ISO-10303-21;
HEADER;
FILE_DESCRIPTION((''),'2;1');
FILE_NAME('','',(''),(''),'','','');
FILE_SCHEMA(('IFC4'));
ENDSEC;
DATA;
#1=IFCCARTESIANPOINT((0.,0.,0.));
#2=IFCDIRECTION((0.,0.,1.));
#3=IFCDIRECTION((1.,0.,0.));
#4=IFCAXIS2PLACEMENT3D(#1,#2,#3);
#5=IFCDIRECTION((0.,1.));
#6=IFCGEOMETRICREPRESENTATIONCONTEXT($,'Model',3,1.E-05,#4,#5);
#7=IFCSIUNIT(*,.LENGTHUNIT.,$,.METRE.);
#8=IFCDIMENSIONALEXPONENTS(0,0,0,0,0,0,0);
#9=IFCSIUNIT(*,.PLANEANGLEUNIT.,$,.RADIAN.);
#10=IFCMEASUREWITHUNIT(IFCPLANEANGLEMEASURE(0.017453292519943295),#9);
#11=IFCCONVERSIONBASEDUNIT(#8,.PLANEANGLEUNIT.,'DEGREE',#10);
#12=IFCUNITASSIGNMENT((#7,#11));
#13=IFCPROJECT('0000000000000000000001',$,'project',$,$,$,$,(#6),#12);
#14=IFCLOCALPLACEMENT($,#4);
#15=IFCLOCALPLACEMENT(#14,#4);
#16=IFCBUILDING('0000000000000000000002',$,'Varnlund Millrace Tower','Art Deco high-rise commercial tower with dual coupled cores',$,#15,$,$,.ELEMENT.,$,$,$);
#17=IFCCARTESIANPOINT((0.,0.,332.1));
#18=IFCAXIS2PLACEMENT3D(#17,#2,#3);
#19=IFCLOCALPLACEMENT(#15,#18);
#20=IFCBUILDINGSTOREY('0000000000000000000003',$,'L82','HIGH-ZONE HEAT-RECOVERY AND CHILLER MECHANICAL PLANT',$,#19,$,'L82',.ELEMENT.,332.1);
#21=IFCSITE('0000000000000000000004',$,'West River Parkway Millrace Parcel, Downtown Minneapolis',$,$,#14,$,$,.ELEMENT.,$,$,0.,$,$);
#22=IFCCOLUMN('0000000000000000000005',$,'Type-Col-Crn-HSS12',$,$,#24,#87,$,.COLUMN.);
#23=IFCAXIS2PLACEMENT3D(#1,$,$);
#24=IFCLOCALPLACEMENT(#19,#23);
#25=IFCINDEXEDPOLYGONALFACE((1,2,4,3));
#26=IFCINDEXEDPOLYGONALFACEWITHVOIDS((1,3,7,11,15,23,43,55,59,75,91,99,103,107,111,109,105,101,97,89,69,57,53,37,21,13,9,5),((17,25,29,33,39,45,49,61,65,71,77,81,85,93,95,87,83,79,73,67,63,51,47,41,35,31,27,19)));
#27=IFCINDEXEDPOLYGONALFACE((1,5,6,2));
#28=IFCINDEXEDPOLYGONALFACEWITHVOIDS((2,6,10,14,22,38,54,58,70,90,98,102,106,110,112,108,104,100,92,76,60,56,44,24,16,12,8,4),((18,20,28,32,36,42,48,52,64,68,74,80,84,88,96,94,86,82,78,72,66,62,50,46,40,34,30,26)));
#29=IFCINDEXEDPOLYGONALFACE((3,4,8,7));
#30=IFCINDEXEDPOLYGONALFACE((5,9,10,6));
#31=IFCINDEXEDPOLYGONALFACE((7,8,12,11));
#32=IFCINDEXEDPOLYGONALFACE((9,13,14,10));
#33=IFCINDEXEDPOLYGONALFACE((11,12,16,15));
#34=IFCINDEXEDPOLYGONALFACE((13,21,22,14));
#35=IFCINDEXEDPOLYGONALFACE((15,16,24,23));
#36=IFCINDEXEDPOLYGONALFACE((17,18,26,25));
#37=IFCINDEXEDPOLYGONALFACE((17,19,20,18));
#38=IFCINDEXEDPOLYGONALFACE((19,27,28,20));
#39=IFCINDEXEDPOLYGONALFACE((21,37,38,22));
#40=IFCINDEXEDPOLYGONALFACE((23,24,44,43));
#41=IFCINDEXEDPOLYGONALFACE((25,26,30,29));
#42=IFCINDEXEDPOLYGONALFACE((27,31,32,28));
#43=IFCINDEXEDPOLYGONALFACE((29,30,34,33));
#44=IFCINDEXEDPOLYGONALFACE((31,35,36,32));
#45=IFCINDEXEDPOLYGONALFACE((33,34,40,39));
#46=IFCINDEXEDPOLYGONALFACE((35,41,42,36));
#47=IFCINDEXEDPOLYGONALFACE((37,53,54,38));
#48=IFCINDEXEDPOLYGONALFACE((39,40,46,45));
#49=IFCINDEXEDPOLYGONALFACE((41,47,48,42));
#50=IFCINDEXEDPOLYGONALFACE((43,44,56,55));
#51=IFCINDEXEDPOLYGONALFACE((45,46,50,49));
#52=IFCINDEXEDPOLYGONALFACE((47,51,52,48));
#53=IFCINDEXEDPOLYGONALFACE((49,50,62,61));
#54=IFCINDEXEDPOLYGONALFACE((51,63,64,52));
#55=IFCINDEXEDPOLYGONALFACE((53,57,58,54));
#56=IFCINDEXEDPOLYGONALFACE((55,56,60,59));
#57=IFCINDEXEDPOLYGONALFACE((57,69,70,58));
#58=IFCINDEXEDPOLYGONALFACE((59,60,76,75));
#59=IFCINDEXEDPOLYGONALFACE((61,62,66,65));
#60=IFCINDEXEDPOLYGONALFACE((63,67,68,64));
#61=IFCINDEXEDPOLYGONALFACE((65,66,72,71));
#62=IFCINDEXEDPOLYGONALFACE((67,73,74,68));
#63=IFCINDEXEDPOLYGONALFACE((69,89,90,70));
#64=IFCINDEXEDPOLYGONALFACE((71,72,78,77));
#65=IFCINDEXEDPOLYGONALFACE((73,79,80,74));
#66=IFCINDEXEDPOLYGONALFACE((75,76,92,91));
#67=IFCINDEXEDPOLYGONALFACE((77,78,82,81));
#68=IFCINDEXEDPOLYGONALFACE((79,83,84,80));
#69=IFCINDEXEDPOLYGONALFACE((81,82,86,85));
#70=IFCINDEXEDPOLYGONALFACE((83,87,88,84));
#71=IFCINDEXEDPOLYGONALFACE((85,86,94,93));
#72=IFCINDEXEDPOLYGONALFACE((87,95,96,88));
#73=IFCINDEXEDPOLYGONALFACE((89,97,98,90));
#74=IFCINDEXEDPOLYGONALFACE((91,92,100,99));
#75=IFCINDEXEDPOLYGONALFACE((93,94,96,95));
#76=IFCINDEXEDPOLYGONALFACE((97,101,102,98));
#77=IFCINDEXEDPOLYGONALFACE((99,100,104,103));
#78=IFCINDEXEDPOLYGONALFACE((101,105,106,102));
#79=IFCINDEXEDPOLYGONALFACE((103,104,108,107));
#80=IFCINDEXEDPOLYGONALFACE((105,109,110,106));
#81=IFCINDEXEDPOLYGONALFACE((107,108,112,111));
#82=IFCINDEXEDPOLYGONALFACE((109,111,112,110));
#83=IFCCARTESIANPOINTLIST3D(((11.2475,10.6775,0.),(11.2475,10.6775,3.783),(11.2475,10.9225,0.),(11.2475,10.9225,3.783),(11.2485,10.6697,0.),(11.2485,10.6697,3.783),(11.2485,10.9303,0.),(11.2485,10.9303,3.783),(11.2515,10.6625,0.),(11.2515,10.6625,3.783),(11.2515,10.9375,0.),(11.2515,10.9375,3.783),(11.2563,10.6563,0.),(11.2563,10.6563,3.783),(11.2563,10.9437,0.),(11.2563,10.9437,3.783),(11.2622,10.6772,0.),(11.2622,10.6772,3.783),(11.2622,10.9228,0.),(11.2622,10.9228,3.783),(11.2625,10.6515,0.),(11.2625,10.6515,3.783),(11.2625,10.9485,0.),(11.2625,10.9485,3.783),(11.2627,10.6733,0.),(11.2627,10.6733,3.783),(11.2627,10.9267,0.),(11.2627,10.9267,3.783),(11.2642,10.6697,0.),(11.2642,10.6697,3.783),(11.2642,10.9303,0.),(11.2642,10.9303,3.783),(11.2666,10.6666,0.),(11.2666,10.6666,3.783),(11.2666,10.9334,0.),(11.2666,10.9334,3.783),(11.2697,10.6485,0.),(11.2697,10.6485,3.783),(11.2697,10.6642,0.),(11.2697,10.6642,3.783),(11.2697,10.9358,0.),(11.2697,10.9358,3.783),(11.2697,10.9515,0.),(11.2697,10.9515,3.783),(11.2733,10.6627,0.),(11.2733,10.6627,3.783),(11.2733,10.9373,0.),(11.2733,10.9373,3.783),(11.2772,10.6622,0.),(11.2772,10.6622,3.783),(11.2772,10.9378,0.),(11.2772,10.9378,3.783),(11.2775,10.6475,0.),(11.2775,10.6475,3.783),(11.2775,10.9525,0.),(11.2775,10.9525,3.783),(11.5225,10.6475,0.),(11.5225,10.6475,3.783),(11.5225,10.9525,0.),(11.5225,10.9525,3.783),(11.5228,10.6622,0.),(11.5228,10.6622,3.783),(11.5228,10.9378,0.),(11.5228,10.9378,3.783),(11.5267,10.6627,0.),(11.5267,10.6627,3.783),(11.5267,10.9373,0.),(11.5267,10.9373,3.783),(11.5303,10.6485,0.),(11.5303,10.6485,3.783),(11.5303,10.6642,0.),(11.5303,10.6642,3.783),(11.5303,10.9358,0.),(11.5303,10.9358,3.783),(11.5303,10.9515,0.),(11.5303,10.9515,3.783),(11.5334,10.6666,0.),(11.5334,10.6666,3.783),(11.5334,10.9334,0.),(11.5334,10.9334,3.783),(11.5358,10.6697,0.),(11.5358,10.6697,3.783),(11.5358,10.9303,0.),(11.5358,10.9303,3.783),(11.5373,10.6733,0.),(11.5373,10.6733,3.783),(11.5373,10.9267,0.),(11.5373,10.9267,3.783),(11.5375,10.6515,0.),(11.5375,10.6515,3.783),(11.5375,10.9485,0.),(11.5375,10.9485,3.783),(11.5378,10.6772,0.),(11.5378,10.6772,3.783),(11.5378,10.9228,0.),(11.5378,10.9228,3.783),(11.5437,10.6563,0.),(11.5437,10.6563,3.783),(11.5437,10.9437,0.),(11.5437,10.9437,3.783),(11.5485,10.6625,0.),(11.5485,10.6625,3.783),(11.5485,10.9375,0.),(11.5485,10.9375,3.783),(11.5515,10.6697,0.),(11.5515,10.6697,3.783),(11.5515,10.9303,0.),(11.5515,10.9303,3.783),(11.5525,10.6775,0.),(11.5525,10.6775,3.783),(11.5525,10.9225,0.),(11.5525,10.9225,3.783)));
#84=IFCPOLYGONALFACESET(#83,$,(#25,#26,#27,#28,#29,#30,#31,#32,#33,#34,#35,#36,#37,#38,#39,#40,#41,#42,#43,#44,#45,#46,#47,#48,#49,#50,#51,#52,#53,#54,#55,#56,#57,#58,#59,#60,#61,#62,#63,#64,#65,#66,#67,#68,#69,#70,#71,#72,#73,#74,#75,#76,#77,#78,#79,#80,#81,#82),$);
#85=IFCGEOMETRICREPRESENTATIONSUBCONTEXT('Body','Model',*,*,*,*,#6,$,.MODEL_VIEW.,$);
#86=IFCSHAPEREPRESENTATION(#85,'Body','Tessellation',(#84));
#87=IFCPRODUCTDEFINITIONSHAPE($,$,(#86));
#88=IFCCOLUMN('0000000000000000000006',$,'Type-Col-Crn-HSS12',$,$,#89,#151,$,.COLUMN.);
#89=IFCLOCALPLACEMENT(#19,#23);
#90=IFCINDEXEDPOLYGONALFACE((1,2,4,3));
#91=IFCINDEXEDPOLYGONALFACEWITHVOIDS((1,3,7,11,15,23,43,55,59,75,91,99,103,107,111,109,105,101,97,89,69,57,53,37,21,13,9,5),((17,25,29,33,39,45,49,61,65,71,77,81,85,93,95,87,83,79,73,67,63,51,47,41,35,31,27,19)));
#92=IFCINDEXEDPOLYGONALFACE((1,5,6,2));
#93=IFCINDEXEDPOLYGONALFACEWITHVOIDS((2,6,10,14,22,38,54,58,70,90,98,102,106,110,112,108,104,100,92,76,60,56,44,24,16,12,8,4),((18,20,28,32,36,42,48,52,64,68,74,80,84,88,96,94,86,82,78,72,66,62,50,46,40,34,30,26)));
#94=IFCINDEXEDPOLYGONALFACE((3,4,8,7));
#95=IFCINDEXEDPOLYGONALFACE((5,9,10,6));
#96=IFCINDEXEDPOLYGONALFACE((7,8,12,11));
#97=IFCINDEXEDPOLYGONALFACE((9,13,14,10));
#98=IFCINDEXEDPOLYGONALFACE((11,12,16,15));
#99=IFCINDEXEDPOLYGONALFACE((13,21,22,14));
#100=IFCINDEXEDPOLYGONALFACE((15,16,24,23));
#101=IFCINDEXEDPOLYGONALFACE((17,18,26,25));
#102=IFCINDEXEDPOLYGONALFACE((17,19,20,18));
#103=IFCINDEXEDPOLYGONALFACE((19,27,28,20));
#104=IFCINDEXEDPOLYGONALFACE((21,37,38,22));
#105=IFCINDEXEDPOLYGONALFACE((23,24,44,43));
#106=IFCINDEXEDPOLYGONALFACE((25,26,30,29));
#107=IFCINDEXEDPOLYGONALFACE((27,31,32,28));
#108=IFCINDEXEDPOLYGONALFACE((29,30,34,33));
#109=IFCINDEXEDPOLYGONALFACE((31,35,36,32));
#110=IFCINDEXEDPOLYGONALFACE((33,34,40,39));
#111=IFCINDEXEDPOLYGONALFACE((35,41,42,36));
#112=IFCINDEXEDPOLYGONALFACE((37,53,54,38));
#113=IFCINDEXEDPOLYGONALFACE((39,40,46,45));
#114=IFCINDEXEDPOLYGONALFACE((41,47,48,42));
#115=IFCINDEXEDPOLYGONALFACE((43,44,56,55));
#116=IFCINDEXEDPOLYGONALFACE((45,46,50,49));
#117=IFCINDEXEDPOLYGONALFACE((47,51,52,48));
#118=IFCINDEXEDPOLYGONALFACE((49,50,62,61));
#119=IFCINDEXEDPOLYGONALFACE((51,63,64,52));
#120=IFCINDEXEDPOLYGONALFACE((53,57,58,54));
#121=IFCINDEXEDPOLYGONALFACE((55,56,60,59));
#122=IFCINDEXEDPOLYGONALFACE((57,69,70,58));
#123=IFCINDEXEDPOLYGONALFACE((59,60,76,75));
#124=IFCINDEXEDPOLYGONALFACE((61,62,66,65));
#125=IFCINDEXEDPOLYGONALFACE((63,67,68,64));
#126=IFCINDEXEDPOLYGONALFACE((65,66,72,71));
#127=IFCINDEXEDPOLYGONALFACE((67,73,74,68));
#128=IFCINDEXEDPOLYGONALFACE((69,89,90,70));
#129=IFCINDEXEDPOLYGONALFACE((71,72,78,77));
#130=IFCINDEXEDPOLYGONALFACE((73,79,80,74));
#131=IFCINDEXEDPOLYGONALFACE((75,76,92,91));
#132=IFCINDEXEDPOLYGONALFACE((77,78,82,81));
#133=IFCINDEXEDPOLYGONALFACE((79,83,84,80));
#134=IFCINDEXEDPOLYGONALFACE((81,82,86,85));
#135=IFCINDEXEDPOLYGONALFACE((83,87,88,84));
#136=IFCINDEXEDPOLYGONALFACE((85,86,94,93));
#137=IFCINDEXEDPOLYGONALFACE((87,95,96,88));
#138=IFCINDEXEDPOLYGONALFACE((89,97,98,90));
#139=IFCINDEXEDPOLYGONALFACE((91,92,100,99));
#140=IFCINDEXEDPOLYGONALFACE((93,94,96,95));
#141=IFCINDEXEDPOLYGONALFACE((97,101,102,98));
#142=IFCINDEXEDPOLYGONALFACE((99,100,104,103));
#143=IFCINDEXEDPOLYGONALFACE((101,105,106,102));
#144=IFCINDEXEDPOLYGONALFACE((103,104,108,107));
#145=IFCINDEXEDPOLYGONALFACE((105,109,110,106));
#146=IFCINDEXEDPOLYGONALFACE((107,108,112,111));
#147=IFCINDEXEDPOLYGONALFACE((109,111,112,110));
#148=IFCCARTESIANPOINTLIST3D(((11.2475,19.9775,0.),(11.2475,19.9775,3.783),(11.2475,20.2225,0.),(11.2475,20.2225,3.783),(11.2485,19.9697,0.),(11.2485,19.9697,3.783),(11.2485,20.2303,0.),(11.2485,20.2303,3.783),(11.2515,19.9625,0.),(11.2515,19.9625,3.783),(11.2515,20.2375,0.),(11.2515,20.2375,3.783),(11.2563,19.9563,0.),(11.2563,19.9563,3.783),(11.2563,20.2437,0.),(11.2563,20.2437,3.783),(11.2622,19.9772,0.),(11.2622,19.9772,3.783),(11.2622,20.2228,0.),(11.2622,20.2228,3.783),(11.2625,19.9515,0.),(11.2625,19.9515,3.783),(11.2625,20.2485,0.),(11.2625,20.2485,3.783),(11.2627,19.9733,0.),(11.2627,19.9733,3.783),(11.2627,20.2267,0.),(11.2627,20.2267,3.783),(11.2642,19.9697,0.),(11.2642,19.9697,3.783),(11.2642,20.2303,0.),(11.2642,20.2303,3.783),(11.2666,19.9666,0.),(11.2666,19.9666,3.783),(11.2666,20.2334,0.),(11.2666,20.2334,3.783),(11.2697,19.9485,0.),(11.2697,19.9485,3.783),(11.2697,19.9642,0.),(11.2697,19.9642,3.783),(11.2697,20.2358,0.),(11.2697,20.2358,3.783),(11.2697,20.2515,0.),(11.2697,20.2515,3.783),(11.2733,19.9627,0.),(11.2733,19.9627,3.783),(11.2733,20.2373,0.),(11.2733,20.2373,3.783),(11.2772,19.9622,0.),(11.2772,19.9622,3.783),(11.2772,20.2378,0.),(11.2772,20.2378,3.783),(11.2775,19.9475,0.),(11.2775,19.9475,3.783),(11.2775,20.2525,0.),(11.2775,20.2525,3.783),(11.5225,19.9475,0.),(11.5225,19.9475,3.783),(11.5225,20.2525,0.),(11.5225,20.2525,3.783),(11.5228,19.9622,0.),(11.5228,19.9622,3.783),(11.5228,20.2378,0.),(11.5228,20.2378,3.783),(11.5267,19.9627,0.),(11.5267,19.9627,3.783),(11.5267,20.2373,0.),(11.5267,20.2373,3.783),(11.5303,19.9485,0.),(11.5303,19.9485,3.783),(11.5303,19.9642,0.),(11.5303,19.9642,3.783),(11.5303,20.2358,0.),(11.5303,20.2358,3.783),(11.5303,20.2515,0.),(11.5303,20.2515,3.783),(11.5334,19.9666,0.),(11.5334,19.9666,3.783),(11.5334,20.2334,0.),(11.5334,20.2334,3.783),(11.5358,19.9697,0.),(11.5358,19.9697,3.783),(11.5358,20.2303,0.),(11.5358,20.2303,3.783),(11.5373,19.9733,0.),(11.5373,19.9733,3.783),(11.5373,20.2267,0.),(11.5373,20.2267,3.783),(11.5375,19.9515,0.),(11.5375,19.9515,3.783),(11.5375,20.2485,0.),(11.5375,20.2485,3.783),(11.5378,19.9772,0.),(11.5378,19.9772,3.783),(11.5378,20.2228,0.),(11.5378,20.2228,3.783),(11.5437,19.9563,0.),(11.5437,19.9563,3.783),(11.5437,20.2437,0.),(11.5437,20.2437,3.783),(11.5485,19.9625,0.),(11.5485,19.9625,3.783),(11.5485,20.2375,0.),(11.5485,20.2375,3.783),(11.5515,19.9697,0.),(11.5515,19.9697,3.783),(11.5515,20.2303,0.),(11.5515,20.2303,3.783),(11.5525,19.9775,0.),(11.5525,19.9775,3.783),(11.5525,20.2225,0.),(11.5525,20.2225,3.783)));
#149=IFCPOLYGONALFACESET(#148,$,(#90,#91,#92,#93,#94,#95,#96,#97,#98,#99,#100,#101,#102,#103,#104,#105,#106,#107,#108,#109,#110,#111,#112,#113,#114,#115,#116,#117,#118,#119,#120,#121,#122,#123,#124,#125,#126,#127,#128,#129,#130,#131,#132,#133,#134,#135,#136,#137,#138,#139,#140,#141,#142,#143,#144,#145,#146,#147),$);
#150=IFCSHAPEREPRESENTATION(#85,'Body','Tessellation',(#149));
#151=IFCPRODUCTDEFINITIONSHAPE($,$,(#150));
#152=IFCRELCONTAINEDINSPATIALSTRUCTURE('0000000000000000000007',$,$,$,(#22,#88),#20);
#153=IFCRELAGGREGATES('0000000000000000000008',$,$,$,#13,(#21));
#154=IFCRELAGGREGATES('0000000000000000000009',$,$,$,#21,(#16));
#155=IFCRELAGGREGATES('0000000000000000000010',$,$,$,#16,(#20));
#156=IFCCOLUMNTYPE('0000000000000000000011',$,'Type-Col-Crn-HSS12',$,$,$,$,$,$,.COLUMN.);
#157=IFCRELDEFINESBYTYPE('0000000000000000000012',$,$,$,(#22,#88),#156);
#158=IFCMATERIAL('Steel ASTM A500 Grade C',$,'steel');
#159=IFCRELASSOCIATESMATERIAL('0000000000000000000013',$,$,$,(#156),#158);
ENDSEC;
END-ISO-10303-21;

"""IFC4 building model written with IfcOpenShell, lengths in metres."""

from ifc_helpers import new_model, entity, si_unit, converted_unit, direction, frame, origin_with_axes, origin_2d_with_axis, place, context, subcontext, project, spatial, hollow_rectangle, extrude, material, material_profile, profile_set, type_object, element, save


model = new_model("IFC4")

# Units and contexts
model_context = context("Model", 3, precision=1e-05, world=origin_with_axes(), true_north=direction((0.0, 1.0)))
body_context = subcontext(model_context, "Body", "Model", "MODEL_VIEW")
ifc_project = project(units=[si_unit("LENGTHUNIT", "METRE"), converted_unit("PLANEANGLEUNIT", "DEGREE", entity("IfcPlaneAngleMeasure", 0.017453292519943295), si_unit("PLANEANGLEUNIT", "RADIAN"), dimensions=[0, 0, 0, 0, 0, 0, 0])], contexts=[model_context])

# Site, building, storey
site_placement = place(None, origin_with_axes())
site = spatial("IfcSite", under=ifc_project, at=site_placement, Name="West River Parkway Millrace Parcel, Downtown Minneapolis", CompositionType="ELEMENT", RefElevation=0.0)
building_placement = place(site_placement, origin_with_axes())
building = spatial("IfcBuilding", under=site, at=building_placement, Name="Varnlund Millrace Tower", Description="Art Deco high-rise commercial tower with dual coupled cores", CompositionType="ELEMENT")
storey_placement = place(building_placement, frame((0.0, 0.0, 332.1), z_axis=(0.0, 0.0, 1.0), x_axis=(1.0, 0.0, 0.0)))
storey = spatial("IfcBuildingStorey", under=building, at=storey_placement, Name="L82", Description="HIGH-ZONE HEAT-RECOVERY AND CHILLER MECHANICAL PLANT", LongName="L82", CompositionType="ELEMENT", Elevation=332.1)

# Columns
ifc_material_1 = material(Name="Steel ASTM A500 Grade C", Category="steel")
ifc_material_profile = material_profile(ifc_material_1, hollow_rectangle(XDim=0.305, YDim=0.305, WallThickness=0.0147, InnerFilletRadius=0.015, OuterFilletRadius=0.03, at=origin_2d_with_axis()), Name="Steel ASTM A500 Grade C")
ifc_profile_set = profile_set([ifc_material_profile], Name="Steel ASTM A500 Grade C")
column_type = type_object("IfcColumnType", Name="Type-Col-Crn-HSS12", PredefinedType="COLUMN", material=ifc_profile_set)
for number, where, z_axis, x_axis, name in (
    (1, (11.4, 10.8, 0.0), (0.0, 0.0, 1.0), (1.0, 0.0, 0.0), "Type-Col-Crn-HSS12"),
    (2, (11.4, 20.1, 0.0), (0.0, 0.0, 1.0), (1.0, 0.0, 0.0), "Type-Col-Crn-HSS12"),
):
    element("IfcColumn", number, at=place(storey_placement, frame(where, z_axis=z_axis, x_axis=x_axis)), inside=storey, type_object=column_type, Name=name, PredefinedType="COLUMN", context=body_context, shape_type="SweptSolid", body=[
        extrude(hollow_rectangle(XDim=0.305, YDim=0.305, WallThickness=0.0147, InnerFilletRadius=0.015, OuterFilletRadius=0.03, at=origin_2d_with_axis()), origin_with_axes(), (0.0, 0.0, 1.0), 3.783),
    ])

save(model, "model.ifc")
